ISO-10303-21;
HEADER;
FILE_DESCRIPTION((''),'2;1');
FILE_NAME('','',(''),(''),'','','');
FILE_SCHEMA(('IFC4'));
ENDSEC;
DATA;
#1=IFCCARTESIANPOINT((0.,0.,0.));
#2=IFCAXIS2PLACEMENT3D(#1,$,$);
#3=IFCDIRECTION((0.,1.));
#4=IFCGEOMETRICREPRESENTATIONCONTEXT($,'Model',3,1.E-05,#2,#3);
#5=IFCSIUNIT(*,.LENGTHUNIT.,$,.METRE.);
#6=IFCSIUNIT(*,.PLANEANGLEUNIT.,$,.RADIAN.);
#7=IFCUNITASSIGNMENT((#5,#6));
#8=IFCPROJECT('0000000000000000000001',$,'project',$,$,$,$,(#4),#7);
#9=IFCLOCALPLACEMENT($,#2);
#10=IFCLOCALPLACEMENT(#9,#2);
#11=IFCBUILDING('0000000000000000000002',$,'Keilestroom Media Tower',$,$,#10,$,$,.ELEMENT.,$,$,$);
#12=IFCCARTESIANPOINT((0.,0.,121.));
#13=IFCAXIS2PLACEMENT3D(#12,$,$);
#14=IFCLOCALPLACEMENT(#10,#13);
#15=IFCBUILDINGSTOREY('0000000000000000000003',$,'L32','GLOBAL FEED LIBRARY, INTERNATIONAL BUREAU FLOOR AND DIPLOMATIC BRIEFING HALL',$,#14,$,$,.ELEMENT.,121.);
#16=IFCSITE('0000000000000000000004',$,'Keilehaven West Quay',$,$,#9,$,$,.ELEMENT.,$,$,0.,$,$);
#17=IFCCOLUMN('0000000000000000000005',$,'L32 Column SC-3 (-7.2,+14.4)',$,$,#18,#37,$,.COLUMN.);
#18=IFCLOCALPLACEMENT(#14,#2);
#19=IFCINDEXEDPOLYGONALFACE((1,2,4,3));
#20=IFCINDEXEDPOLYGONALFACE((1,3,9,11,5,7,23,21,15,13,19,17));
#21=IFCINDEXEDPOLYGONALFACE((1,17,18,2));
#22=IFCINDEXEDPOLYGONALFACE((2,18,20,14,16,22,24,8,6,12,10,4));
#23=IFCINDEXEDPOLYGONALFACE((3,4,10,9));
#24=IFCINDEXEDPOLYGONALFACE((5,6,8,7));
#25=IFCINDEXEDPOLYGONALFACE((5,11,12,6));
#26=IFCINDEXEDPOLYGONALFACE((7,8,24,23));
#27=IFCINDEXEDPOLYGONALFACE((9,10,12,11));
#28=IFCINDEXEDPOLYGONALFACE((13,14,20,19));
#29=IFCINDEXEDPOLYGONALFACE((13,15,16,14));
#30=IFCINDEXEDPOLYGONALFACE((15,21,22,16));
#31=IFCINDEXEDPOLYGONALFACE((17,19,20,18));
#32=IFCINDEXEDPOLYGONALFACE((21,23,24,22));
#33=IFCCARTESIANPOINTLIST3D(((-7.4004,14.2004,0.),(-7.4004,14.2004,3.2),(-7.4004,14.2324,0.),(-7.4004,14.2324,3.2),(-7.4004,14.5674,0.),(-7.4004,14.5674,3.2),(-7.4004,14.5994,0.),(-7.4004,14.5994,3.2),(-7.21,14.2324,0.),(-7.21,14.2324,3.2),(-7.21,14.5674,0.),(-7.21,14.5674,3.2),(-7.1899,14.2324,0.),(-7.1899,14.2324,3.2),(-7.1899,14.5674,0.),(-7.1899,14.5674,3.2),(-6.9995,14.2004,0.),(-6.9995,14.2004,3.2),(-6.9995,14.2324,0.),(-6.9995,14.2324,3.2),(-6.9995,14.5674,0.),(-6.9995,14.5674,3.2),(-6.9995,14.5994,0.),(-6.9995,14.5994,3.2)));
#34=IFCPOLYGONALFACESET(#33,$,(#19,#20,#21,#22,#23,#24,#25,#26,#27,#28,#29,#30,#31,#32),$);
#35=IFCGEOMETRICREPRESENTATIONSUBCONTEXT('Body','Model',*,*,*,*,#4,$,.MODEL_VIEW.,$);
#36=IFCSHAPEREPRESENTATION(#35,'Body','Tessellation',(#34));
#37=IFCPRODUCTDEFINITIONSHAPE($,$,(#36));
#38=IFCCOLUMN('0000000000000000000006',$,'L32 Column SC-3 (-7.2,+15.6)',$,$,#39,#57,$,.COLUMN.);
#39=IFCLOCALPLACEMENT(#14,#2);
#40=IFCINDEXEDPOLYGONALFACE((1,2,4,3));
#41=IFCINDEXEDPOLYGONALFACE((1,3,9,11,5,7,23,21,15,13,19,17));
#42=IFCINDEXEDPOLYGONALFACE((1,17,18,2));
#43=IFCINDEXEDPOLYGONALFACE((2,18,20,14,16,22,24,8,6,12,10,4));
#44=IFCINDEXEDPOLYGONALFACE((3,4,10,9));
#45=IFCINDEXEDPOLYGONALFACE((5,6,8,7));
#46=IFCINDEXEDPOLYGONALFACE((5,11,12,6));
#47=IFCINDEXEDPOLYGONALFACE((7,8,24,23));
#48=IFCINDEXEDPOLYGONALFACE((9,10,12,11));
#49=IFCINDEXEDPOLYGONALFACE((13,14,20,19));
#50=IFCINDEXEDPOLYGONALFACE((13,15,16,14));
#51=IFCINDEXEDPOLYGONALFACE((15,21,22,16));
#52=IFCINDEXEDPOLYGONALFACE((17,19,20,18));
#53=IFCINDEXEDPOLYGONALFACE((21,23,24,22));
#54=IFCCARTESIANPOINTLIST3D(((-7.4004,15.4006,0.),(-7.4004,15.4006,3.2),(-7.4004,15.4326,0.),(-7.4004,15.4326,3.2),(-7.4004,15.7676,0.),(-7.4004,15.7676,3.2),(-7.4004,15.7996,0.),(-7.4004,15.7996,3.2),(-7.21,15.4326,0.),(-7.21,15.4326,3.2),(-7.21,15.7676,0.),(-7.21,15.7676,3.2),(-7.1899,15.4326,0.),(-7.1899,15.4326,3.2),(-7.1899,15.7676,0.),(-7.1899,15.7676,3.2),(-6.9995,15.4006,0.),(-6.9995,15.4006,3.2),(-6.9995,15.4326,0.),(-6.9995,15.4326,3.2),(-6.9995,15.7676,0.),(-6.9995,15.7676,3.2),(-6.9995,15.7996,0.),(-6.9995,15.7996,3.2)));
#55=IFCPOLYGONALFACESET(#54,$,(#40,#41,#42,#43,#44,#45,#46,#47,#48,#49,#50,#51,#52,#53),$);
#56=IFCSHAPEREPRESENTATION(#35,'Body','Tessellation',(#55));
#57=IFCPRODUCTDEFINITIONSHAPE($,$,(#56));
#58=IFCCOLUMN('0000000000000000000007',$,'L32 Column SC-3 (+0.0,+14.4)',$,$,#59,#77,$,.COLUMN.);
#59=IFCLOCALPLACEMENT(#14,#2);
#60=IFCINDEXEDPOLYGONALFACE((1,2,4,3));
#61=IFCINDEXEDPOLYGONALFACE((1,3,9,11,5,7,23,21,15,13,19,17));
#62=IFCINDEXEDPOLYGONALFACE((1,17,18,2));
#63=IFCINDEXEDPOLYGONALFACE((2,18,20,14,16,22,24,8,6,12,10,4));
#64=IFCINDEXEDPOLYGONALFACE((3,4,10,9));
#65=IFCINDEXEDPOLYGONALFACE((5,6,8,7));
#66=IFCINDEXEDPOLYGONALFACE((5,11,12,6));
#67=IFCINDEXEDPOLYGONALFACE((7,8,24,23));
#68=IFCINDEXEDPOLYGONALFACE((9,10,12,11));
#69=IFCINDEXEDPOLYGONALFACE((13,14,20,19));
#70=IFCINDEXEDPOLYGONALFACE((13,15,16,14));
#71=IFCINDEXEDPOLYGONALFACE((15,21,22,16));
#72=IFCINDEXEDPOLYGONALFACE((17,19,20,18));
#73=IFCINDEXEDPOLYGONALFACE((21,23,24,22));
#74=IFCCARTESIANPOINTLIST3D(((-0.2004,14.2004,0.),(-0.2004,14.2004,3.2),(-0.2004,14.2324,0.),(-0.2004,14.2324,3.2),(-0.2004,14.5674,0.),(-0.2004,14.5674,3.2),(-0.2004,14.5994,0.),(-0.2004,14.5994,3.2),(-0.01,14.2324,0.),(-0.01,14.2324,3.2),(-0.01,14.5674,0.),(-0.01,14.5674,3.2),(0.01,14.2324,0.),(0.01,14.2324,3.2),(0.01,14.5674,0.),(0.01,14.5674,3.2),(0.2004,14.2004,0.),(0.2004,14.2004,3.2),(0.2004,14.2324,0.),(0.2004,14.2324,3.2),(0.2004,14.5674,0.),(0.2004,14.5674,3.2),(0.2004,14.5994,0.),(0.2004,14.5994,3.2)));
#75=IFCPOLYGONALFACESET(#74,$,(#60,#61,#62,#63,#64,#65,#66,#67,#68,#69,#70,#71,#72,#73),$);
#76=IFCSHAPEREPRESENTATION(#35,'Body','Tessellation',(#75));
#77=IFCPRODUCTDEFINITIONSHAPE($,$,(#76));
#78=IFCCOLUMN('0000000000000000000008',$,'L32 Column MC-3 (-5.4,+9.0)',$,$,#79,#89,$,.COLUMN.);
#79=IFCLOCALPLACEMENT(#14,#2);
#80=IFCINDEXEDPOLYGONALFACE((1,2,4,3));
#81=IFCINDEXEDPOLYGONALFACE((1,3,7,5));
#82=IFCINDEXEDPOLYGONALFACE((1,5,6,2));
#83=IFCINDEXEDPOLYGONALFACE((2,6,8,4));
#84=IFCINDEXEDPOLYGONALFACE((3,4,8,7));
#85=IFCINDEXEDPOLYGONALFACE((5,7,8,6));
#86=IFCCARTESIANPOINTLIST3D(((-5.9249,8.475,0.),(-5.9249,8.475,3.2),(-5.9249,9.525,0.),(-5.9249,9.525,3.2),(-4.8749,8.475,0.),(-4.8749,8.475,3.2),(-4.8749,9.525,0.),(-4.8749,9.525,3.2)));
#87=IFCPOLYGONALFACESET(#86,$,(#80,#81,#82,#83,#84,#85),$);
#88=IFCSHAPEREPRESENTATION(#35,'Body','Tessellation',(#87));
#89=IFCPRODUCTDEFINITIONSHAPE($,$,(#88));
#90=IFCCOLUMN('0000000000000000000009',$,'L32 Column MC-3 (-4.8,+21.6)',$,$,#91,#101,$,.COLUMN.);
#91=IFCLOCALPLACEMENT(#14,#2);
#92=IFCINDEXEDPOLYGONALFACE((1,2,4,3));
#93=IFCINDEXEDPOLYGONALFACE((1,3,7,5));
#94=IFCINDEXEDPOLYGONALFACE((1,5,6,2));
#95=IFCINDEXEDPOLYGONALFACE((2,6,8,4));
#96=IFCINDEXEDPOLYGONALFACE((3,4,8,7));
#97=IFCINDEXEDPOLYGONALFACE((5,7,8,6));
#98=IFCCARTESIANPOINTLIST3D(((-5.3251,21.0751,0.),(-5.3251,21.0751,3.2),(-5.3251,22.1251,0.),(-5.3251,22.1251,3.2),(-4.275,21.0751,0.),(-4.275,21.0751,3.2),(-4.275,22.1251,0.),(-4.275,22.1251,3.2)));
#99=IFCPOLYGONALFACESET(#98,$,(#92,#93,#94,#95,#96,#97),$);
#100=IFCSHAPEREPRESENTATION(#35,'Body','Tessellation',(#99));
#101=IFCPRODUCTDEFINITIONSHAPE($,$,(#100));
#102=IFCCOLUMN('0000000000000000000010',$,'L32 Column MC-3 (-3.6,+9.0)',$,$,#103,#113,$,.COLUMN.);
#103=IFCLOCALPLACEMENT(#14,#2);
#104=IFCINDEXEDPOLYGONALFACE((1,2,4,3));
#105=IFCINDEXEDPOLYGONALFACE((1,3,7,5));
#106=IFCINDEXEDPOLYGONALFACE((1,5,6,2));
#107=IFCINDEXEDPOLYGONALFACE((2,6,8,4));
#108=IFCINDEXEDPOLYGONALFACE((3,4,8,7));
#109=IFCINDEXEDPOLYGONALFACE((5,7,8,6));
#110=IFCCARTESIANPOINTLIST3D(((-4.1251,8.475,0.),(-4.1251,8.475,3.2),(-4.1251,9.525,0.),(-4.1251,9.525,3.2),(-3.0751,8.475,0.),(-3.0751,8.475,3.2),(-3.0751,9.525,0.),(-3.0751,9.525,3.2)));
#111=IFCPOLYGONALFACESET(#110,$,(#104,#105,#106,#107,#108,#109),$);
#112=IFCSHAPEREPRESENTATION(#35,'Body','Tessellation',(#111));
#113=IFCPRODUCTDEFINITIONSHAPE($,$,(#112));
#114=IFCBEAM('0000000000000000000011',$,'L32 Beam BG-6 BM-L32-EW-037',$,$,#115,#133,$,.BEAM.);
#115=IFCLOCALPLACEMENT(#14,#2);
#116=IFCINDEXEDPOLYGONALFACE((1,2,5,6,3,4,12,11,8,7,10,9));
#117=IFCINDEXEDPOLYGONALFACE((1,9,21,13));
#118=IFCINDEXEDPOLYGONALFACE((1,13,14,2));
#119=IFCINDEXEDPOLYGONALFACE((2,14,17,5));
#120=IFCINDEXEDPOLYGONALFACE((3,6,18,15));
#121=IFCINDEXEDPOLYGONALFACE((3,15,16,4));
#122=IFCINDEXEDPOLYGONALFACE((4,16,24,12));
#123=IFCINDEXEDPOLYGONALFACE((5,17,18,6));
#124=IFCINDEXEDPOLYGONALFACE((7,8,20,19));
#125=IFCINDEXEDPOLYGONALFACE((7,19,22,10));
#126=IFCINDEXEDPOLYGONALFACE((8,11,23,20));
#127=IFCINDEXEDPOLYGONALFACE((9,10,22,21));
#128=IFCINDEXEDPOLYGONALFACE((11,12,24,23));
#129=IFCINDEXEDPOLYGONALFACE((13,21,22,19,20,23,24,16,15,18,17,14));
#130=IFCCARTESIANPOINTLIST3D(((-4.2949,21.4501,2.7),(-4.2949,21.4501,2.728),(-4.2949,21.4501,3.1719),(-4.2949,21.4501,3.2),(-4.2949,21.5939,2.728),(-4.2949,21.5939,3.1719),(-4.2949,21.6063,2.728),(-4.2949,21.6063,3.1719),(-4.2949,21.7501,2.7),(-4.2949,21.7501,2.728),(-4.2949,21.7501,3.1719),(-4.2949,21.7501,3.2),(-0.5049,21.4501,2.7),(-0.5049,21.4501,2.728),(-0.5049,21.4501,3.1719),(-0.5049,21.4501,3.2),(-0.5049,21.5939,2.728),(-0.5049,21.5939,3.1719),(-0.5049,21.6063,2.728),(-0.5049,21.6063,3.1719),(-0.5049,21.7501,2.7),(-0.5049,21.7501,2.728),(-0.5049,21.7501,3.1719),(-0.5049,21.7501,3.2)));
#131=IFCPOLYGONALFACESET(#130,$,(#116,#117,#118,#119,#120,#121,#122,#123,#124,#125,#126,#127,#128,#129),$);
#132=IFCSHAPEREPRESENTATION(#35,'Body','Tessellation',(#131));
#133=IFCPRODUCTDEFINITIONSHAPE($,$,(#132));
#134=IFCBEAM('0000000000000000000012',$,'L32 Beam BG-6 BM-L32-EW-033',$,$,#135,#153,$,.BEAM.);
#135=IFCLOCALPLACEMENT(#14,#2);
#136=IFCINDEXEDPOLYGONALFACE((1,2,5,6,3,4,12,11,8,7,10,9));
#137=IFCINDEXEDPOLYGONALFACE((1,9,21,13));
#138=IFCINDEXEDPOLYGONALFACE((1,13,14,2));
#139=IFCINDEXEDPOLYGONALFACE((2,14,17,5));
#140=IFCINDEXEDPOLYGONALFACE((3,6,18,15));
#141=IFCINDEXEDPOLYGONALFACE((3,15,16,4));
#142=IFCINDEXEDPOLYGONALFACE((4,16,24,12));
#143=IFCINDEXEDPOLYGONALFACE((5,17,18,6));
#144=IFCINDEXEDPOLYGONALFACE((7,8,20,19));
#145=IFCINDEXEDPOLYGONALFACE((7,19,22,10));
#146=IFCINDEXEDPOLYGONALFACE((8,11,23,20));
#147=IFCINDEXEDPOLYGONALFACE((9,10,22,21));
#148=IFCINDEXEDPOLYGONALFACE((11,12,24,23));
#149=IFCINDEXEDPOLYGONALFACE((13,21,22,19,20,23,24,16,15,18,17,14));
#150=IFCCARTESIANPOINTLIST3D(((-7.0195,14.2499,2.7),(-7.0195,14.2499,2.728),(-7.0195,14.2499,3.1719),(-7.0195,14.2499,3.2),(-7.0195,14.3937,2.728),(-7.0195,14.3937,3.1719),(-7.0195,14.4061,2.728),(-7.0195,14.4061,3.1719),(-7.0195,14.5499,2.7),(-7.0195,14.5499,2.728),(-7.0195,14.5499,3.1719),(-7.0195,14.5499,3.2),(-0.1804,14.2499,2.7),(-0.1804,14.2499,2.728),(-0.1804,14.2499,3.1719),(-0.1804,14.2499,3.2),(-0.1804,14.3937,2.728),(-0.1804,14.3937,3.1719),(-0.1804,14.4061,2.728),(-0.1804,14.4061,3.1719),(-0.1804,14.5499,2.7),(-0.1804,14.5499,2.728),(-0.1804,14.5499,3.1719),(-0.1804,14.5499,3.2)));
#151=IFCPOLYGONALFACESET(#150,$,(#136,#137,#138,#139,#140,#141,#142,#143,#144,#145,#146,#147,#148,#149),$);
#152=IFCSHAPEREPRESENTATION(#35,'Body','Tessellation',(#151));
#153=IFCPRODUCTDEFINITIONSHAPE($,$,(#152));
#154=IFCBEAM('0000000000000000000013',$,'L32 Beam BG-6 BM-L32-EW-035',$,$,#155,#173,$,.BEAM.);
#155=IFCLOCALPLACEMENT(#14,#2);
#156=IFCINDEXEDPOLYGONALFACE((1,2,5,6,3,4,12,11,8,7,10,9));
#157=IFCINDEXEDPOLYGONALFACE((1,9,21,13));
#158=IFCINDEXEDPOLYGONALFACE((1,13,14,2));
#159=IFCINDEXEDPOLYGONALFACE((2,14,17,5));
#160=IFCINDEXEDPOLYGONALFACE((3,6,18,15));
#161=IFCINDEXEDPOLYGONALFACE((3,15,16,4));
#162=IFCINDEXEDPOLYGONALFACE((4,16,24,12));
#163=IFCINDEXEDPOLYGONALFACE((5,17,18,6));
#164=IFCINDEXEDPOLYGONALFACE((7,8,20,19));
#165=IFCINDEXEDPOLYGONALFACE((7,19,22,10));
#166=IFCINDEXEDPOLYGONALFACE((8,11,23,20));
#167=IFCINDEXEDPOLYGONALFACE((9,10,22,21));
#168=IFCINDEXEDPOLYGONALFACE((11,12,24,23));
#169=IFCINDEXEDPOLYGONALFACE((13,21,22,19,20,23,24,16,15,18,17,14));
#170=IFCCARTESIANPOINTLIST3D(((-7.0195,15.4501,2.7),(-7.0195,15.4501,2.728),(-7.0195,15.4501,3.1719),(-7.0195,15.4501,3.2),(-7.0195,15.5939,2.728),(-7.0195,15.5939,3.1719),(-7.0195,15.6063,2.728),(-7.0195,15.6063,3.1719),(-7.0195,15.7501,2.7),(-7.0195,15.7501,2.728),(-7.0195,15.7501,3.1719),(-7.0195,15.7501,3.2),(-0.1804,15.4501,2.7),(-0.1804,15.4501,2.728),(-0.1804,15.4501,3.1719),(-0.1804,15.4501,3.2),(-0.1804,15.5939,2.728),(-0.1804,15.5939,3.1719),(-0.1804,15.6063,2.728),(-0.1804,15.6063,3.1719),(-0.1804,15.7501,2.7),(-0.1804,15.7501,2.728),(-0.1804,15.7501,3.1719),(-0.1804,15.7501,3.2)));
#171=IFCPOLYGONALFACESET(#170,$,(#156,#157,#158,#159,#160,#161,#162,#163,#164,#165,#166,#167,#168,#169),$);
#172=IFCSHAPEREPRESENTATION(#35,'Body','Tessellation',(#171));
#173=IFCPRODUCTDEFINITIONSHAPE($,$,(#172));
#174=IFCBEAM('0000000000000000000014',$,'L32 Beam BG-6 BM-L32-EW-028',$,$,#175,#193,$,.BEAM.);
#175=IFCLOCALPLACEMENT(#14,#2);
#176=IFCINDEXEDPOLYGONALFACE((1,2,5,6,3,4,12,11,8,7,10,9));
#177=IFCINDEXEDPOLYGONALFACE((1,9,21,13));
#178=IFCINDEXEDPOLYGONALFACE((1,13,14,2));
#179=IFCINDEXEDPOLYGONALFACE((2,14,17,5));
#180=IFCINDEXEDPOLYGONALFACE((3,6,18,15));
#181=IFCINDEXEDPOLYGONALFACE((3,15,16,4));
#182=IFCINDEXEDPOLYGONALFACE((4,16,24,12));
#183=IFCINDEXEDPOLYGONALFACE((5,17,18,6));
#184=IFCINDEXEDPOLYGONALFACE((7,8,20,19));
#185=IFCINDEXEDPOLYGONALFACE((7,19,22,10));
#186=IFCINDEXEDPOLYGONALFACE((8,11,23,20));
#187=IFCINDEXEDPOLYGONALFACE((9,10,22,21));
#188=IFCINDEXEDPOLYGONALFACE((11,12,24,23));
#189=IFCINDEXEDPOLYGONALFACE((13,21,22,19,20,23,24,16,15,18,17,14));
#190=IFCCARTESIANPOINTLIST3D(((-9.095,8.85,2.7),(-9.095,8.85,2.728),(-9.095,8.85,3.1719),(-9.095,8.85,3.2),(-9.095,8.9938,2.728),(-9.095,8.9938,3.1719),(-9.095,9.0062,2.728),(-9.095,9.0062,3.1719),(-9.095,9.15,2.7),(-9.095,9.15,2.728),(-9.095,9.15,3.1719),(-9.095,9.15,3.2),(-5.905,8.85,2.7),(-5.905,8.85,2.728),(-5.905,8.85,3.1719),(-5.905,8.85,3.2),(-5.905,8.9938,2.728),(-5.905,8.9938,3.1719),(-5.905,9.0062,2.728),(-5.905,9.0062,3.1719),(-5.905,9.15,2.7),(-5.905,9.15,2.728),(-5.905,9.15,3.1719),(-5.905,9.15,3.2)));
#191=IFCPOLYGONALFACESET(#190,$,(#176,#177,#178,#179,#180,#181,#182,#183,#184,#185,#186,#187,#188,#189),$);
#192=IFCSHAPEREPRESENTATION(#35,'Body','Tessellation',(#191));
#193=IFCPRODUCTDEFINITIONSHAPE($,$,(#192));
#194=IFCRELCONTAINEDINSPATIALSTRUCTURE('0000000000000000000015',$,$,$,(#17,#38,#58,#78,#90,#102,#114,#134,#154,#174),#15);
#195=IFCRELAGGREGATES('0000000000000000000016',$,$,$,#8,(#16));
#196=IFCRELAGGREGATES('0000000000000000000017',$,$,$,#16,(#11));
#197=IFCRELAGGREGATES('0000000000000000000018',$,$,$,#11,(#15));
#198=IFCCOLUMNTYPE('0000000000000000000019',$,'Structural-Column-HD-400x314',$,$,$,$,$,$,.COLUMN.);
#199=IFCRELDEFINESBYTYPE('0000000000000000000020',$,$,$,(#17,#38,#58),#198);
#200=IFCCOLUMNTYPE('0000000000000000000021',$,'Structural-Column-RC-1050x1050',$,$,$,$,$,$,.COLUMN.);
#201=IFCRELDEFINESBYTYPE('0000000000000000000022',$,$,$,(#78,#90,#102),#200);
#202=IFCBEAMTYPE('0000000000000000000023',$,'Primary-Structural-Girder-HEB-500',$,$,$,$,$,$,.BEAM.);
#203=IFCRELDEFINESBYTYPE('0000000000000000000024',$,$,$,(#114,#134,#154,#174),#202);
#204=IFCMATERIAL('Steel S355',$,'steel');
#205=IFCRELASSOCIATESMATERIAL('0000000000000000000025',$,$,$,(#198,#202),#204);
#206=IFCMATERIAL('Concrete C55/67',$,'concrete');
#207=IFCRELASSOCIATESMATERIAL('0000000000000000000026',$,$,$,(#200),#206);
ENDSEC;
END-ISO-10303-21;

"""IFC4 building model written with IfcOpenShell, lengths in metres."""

from ifc_helpers import new_model, si_unit, direction, frame, origin, origin_2d, place, context, subcontext, project, spatial, rectangle, i_section, extrude, source, transform, mapped, material, material_profile, profile_set, type_object, element, save


model = new_model("IFC4")

# Units and contexts
model_context = context("Model", 3, precision=1e-05, world=origin(), true_north=direction((0.0, 1.0)))
body_context = subcontext(model_context, "Body", "Model", "MODEL_VIEW")
ifc_project = project(units=[si_unit("LENGTHUNIT", "METRE"), si_unit("PLANEANGLEUNIT", "RADIAN")], contexts=[model_context])

# Site, building, storey
site_placement = place(None, origin())
site = spatial("IfcSite", under=ifc_project, at=site_placement, Name="Keilehaven West Quay", CompositionType="ELEMENT", RefElevation=0.0)
building_placement = place(site_placement, origin())
building = spatial("IfcBuilding", under=site, at=building_placement, Name="Keilestroom Media Tower", CompositionType="ELEMENT")
storey_placement = place(building_placement, frame((0.0, 0.0, 121.0)))
storey = spatial("IfcBuildingStorey", under=building, at=storey_placement, Name="L32", Description="GLOBAL FEED LIBRARY, INTERNATIONAL BUREAU FLOOR AND DIPLOMATIC BRIEFING HALL", CompositionType="ELEMENT", Elevation=121.0)

# Columns
ifc_material_1 = material(Name="Steel S355", Category="steel")
ifc_material_profile_1 = material_profile(ifc_material_1, i_section(OverallWidth=0.4009, OverallDepth=0.3989, WebThickness=0.02, FlangeThickness=0.032, at=origin_2d()), Name="HD 400x314")
ifc_profile_set_1 = profile_set([ifc_material_profile_1], Name="Steel S355")
column_type_1 = type_object("IfcColumnType", Name="Structural-Column-HD-400x314", PredefinedType="COLUMN", material=ifc_profile_set_1)
shared_shape_1 = source(origin(), body_context, "Body", "SweptSolid", [
    extrude(i_section(OverallWidth=0.4009, OverallDepth=0.3989, WebThickness=0.02, FlangeThickness=0.032, at=origin_2d()), origin(), (0.0, 0.0, 1.0), 3.2),
])
for number, where, z_axis, x_axis, name in (
    (1, (-7.2, 14.3999, 0.0), (0.0, 0.0, 1.0), (1.0, 0.0, 0.0), "L32 Column SC-3 (-7.2,+14.4)"),
    (2, (-7.2, 15.6001, 0.0), (0.0, 0.0, 1.0), (1.0, 0.0, 0.0), "L32 Column SC-3 (-7.2,+15.6)"),
    (3, (0.0, 14.3999, 0.0), (0.0, 0.0, 1.0), (1.0, 0.0, 0.0), "L32 Column SC-3 (+0.0,+14.4)"),
):
    element("IfcColumn", number, at=place(storey_placement, frame(where, z_axis=z_axis, x_axis=x_axis)), inside=storey, type_object=column_type_1, Name=name, PredefinedType="COLUMN", context=body_context, shape_type="MappedRepresentation", body=[
        mapped(shared_shape_1, transform((0.0, 0.0, 0.0), x_axis=(1.0, 0.0, 0.0), y_axis=(0.0, 1.0, 0.0), z_axis=(0.0, 0.0, 1.0), scale=1.0)),
    ])
ifc_material_2 = material(Name="Concrete C55/67", Category="concrete")
ifc_material_profile_2 = material_profile(ifc_material_2, rectangle(XDim=1.05, YDim=1.05, at=origin_2d()), Name="RC 1050x1050")
ifc_profile_set_2 = profile_set([ifc_material_profile_2], Name="Concrete C55/67")
column_type_2 = type_object("IfcColumnType", Name="Structural-Column-RC-1050x1050", PredefinedType="COLUMN", material=ifc_profile_set_2)
shared_shape_2 = source(origin(), body_context, "Body", "SweptSolid", [
    extrude(rectangle(XDim=1.05, YDim=1.05, at=origin_2d()), origin(), (0.0, 0.0, 1.0), 3.2),
])
for number, where, z_axis, x_axis, name in (
    (4, (-5.3999, 9.0, 0.0), (0.0, 0.0, 1.0), (1.0, 0.0, 0.0), "L32 Column MC-3 (-5.4,+9.0)"),
    (5, (-4.8, 21.6001, 0.0), (0.0, 0.0, 1.0), (1.0, 0.0, 0.0), "L32 Column MC-3 (-4.8,+21.6)"),
    (6, (-3.6001, 9.0, 0.0), (0.0, 0.0, 1.0), (1.0, 0.0, 0.0), "L32 Column MC-3 (-3.6,+9.0)"),
):
    element("IfcColumn", number, at=place(storey_placement, frame(where, z_axis=z_axis, x_axis=x_axis)), inside=storey, type_object=column_type_2, Name=name, PredefinedType="COLUMN", context=body_context, shape_type="MappedRepresentation", body=[
        mapped(shared_shape_2, transform((0.0, 0.0, 0.0), x_axis=(1.0, 0.0, 0.0), y_axis=(0.0, 1.0, 0.0), z_axis=(0.0, 0.0, 1.0), scale=1.0)),
    ])

# Beams
ifc_material_profile_3 = material_profile(ifc_material_1, i_section(OverallWidth=0.3, OverallDepth=0.5, WebThickness=0.0125, FlangeThickness=0.0281, at=origin_2d()), Name="HEB 500")
ifc_profile_set_3 = profile_set([ifc_material_profile_3], Name="Steel S355")
beam_type = type_object("IfcBeamType", Name="Primary-Structural-Girder-HEB-500", PredefinedType="BEAM", material=ifc_profile_set_3)
shared_shape_3 = source(origin(), body_context, "Body", "SweptSolid", [
    extrude(i_section(OverallWidth=0.3, OverallDepth=0.5, WebThickness=0.0125, FlangeThickness=0.0281, at=origin_2d()), origin(), (0.0, 0.0, 1.0), 3.79),
])
beam_1_placement = place(storey_placement, frame((-4.2949, 21.6001, 2.95), z_axis=(1.0, 0.0, 0.0), x_axis=(0.0, 1.0, 0.0)))
element("IfcBeam", 7, at=beam_1_placement, inside=storey, type_object=beam_type, Name="L32 Beam BG-6 BM-L32-EW-037", PredefinedType="BEAM", context=body_context, shape_type="MappedRepresentation", body=[
    mapped(shared_shape_3, transform((0.0, 0.0, 0.0), x_axis=(1.0, 0.0, 0.0), y_axis=(0.0, 1.0, 0.0), z_axis=(0.0, 0.0, 1.0), scale=1.0)),
])
shared_shape_4 = source(origin(), body_context, "Body", "SweptSolid", [
    extrude(i_section(OverallWidth=0.3, OverallDepth=0.5, WebThickness=0.0125, FlangeThickness=0.0281, at=origin_2d()), origin(), (0.0, 0.0, 1.0), 6.8391),
])
for number, where, z_axis, x_axis, name in (
    (8, (-7.0195, 14.3999, 2.95), (1.0, 0.0, 0.0), (0.0, 1.0, 0.0), "L32 Beam BG-6 BM-L32-EW-033"),
    (9, (-7.0195, 15.6001, 2.95), (1.0, 0.0, 0.0), (0.0, 1.0, 0.0), "L32 Beam BG-6 BM-L32-EW-035"),
):
    element("IfcBeam", number, at=place(storey_placement, frame(where, z_axis=z_axis, x_axis=x_axis)), inside=storey, type_object=beam_type, Name=name, PredefinedType="BEAM", context=body_context, shape_type="MappedRepresentation", body=[
        mapped(shared_shape_4, transform((0.0, 0.0, 0.0), x_axis=(1.0, 0.0, 0.0), y_axis=(0.0, 1.0, 0.0), z_axis=(0.0, 0.0, 1.0), scale=1.0)),
    ])
shared_shape_5 = source(origin(), body_context, "Body", "SweptSolid", [
    extrude(i_section(OverallWidth=0.3, OverallDepth=0.5, WebThickness=0.0125, FlangeThickness=0.0281, at=origin_2d()), origin(), (0.0, 0.0, 1.0), 3.1899),
])
beam_2_placement = place(storey_placement, frame((-9.095, 9.0, 2.95), z_axis=(1.0, 0.0, 0.0), x_axis=(0.0, 1.0, 0.0)))
element("IfcBeam", 10, at=beam_2_placement, inside=storey, type_object=beam_type, Name="L32 Beam BG-6 BM-L32-EW-028", PredefinedType="BEAM", context=body_context, shape_type="MappedRepresentation", body=[
    mapped(shared_shape_5, transform((0.0, 0.0, 0.0), x_axis=(1.0, 0.0, 0.0), y_axis=(0.0, 1.0, 0.0), z_axis=(0.0, 0.0, 1.0), scale=1.0)),
])

save(model, "model.ifc")
